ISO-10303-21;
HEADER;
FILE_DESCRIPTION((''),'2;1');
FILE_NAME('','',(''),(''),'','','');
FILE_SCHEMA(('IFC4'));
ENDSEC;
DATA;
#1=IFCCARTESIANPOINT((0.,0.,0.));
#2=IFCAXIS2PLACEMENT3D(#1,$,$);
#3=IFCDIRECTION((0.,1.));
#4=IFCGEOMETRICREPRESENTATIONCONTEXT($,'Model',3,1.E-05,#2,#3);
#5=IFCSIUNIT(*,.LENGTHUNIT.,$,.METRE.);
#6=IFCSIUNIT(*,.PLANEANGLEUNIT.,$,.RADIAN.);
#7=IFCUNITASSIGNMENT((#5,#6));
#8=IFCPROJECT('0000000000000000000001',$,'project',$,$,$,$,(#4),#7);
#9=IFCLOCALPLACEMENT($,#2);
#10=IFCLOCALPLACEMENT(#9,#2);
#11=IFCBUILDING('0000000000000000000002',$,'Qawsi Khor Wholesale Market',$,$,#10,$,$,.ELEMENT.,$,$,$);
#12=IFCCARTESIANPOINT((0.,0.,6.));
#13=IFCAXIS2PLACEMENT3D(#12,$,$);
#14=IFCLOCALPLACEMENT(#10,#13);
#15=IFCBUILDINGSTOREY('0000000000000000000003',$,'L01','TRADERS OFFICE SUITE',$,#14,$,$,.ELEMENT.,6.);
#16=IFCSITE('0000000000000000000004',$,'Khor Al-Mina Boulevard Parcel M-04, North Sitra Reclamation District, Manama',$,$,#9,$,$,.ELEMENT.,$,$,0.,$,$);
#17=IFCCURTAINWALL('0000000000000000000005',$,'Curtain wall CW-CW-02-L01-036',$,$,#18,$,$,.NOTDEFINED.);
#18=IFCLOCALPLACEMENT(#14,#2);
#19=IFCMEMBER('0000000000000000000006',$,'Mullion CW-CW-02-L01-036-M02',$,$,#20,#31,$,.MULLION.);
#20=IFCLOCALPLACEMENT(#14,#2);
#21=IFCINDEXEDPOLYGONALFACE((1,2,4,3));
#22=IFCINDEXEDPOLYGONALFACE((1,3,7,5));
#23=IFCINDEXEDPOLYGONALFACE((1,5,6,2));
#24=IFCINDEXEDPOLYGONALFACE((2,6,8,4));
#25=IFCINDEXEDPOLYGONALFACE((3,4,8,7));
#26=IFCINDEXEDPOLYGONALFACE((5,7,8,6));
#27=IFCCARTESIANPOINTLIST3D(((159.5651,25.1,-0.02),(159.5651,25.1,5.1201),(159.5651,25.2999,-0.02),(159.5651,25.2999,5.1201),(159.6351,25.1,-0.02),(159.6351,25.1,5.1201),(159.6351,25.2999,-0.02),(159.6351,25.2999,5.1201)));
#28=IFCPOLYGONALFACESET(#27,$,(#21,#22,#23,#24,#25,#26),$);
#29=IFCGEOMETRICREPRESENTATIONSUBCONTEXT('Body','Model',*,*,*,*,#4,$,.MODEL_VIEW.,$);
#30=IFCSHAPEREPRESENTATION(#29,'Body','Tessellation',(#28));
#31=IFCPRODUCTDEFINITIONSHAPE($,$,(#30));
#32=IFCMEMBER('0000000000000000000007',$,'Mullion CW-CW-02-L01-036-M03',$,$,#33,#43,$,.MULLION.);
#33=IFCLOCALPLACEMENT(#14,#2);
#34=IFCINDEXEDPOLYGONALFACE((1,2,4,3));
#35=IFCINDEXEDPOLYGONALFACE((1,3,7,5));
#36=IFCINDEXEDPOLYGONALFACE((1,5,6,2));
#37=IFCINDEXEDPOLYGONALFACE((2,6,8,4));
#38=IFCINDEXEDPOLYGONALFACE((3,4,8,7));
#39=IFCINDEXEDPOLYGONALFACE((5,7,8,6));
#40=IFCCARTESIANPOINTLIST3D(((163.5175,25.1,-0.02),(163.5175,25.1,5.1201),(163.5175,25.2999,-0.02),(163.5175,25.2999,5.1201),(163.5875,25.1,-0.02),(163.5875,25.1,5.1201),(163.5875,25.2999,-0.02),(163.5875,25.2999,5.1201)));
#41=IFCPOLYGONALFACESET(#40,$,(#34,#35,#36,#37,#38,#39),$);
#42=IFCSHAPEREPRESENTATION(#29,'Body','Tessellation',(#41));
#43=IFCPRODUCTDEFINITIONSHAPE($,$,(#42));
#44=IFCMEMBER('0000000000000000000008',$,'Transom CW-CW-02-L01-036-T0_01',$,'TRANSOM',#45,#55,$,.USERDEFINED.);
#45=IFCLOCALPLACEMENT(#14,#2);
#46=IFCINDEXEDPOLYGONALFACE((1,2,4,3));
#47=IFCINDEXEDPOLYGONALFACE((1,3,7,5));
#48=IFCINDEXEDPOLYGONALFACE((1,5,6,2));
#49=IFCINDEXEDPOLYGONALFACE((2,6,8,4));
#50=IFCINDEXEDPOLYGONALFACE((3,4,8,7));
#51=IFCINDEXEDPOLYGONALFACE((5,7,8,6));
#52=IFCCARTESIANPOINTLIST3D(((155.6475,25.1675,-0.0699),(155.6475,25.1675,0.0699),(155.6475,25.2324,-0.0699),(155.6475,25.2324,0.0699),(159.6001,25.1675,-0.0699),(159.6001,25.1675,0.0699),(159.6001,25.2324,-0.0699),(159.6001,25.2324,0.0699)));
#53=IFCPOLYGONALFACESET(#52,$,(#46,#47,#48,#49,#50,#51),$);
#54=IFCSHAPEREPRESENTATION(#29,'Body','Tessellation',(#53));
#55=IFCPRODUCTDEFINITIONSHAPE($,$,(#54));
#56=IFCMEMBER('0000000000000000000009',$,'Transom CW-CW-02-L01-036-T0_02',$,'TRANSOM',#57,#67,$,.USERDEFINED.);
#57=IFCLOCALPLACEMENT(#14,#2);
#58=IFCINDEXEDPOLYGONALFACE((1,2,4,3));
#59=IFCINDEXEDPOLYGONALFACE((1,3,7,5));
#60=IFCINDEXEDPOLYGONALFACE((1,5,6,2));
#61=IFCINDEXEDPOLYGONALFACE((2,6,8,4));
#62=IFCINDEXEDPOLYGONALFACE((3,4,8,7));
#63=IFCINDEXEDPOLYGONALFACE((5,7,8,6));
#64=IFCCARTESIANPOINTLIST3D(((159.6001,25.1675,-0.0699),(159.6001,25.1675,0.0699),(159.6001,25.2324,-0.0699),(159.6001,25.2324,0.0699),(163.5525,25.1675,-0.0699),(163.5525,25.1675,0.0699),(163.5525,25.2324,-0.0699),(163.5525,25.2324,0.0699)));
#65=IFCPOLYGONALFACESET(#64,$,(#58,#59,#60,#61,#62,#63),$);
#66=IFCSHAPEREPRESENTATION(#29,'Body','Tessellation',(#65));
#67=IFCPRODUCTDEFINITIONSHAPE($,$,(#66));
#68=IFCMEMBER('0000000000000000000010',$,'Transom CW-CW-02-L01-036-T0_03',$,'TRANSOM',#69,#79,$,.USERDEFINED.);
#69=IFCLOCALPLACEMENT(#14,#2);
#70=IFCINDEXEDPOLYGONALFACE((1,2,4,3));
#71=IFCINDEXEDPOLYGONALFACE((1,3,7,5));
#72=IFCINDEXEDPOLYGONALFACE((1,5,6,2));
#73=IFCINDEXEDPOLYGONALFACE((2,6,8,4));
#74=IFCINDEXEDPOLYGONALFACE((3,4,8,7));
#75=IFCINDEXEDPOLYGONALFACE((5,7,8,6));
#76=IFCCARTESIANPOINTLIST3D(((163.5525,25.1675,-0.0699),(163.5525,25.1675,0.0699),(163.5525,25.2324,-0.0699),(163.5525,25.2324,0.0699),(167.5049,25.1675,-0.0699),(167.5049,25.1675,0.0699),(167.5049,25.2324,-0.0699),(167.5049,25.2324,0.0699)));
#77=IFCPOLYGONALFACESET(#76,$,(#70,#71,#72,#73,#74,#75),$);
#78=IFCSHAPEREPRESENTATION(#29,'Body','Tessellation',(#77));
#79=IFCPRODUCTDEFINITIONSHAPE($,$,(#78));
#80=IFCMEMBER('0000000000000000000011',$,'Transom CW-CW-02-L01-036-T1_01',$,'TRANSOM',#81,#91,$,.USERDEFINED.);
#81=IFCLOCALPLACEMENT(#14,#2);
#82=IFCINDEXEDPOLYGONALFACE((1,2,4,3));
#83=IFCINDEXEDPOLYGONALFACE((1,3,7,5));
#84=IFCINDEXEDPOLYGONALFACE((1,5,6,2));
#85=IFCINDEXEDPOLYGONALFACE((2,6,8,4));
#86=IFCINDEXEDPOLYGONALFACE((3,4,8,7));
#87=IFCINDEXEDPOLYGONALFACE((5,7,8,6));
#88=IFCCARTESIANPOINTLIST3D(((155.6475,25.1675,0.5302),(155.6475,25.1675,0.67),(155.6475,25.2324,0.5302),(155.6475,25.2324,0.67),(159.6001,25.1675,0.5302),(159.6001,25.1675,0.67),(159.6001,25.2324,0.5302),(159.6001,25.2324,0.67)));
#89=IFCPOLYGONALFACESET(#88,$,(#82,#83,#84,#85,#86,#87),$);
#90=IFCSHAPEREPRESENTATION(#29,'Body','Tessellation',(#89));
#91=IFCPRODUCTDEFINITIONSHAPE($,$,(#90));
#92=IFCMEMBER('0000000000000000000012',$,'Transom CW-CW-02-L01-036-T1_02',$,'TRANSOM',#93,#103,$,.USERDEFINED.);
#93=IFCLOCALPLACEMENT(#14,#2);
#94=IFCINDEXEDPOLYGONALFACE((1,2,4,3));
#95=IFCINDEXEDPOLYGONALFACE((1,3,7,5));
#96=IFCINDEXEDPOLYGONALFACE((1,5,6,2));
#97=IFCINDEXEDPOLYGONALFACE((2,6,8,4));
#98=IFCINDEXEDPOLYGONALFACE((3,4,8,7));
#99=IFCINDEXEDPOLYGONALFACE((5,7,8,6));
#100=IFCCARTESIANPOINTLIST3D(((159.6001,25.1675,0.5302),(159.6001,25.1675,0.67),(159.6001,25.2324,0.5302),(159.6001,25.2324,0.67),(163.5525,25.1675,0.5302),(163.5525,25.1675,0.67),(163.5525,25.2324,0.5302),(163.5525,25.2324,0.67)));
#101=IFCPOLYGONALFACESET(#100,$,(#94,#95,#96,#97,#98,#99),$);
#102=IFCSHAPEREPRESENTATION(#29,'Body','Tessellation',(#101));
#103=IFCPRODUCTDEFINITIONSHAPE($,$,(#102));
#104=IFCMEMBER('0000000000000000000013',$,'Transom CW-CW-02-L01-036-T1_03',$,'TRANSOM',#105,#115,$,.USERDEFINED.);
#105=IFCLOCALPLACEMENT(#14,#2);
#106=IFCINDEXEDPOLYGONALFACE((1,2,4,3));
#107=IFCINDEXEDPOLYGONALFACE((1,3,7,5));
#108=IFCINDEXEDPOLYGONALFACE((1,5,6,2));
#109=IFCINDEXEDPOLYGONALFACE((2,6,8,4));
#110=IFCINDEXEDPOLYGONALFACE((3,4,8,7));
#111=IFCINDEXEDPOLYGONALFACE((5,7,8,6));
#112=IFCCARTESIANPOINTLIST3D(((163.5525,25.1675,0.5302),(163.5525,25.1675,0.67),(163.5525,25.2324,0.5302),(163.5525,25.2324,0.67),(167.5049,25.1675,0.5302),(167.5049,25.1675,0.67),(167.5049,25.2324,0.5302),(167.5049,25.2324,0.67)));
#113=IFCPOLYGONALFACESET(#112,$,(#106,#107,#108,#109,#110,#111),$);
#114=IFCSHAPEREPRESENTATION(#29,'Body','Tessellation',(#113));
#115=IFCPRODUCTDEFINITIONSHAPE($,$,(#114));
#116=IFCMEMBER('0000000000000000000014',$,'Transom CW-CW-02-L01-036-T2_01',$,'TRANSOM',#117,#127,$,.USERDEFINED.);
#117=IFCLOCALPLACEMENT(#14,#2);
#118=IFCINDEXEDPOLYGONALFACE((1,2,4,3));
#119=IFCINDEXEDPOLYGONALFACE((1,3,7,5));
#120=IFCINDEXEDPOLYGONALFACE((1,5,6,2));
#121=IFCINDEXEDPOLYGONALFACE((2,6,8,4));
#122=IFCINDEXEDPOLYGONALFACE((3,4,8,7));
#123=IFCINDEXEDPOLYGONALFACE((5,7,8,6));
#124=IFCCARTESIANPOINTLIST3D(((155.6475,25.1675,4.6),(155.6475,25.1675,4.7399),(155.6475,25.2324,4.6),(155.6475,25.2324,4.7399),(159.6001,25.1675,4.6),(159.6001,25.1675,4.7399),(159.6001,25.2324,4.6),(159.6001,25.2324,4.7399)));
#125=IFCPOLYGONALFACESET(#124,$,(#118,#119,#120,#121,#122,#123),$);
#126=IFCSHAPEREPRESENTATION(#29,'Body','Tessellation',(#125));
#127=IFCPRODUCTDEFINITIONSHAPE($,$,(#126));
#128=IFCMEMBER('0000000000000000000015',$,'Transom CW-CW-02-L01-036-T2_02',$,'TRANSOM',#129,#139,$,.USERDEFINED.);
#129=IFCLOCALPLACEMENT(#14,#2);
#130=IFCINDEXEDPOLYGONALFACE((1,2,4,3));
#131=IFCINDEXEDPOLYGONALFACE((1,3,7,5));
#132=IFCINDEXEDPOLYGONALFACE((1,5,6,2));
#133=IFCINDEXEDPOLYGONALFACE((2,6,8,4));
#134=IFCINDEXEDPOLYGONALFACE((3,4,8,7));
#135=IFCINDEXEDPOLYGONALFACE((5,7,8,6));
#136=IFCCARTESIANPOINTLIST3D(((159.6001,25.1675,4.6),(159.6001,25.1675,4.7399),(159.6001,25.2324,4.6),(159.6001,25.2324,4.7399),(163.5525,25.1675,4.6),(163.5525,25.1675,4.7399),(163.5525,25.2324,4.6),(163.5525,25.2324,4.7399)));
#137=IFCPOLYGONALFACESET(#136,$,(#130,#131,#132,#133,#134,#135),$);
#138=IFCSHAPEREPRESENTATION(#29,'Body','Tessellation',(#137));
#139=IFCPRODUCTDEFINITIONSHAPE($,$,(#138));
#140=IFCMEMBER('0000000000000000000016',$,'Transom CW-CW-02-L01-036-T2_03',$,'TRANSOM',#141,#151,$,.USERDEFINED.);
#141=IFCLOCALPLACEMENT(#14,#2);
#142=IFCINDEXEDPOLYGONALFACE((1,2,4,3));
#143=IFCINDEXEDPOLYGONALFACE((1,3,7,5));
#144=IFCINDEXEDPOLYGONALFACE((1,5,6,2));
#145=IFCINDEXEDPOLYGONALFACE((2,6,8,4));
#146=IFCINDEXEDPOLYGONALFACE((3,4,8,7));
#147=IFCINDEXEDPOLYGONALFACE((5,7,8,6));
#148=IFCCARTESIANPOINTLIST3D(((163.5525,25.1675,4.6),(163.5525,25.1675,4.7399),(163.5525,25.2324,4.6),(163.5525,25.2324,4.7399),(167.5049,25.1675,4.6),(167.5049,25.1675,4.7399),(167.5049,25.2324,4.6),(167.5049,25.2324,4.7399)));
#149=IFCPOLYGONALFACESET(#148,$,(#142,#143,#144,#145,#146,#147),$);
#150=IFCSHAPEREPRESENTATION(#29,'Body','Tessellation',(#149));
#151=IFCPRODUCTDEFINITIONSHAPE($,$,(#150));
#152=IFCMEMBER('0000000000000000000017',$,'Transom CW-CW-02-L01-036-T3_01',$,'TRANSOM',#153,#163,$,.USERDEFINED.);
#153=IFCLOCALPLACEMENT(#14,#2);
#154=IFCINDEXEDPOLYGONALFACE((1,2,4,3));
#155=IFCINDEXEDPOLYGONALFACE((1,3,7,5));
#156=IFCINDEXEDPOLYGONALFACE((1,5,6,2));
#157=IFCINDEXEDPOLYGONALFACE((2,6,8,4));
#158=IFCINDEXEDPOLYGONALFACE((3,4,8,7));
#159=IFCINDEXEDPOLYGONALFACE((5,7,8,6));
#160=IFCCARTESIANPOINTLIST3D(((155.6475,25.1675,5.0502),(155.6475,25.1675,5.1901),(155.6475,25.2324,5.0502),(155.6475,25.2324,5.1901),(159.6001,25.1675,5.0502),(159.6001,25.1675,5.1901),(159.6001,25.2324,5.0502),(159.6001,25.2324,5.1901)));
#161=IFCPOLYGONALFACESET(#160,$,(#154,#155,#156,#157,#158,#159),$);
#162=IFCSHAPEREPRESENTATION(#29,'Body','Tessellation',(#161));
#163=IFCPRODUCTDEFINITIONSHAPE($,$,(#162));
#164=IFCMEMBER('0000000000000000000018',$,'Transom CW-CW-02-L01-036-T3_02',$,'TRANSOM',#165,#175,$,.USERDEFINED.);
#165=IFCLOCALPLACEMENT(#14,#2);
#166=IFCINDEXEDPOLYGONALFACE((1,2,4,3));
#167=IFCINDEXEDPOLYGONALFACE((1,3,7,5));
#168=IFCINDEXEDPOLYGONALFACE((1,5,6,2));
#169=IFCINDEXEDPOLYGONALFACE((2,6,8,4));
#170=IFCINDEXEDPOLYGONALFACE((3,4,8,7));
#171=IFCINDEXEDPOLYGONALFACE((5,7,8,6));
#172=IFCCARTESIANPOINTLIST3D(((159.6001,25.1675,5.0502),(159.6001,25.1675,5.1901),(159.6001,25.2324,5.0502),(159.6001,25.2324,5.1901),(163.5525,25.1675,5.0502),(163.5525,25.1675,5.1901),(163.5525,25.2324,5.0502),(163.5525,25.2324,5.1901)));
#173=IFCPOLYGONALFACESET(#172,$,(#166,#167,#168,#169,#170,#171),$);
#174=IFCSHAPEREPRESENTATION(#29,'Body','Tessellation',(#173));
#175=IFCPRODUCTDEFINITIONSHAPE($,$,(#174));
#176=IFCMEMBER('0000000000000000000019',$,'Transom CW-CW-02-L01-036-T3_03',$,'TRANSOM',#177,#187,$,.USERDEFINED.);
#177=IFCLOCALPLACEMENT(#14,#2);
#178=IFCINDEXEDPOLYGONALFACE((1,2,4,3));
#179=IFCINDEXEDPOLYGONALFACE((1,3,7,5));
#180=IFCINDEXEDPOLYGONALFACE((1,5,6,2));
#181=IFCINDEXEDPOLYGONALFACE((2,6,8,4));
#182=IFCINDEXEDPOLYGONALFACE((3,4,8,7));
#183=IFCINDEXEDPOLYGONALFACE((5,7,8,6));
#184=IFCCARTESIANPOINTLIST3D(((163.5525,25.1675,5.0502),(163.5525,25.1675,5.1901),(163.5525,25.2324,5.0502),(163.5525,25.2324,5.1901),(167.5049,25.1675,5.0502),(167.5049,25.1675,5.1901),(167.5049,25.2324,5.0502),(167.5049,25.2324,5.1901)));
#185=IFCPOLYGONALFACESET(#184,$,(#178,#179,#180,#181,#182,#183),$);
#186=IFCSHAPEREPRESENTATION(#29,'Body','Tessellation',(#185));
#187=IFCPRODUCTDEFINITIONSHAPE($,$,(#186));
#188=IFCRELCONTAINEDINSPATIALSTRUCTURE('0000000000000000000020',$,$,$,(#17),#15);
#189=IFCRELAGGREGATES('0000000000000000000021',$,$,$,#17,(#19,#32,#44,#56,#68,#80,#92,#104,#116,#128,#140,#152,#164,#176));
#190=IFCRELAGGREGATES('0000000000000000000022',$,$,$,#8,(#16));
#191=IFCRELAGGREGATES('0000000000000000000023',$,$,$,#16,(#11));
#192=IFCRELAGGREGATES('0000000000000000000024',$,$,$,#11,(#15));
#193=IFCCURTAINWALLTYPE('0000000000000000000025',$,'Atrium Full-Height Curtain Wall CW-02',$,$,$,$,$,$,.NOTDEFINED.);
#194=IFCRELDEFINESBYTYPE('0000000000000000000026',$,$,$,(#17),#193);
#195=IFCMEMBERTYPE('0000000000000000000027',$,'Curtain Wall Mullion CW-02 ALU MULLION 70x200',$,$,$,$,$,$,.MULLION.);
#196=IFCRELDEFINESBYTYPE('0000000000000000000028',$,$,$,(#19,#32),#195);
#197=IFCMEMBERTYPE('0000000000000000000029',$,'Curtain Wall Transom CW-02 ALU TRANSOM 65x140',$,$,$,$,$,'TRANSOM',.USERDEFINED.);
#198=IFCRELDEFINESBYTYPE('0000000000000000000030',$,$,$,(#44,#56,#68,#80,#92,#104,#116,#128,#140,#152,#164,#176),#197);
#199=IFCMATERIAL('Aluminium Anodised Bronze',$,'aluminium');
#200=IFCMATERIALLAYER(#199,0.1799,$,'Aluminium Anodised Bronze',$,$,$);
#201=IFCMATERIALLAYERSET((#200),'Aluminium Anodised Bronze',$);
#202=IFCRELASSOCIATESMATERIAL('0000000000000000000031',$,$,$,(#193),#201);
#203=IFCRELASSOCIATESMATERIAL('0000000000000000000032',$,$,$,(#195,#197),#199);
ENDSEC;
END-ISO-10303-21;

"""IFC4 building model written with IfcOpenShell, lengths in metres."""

from ifc_helpers import new_model, si_unit, direction, frame, origin, origin_2d, place, context, subcontext, project, spatial, rectangle, extrude, material, layer, layer_set, material_profile, profile_set, type_object, element, aggregate, save


model = new_model("IFC4")

# Units and contexts
model_context = context("Model", 3, precision=1e-05, world=origin(), true_north=direction((0.0, 1.0)))
body_context = subcontext(model_context, "Body", "Model", "MODEL_VIEW")
ifc_project = project(units=[si_unit("LENGTHUNIT", "METRE"), si_unit("PLANEANGLEUNIT", "RADIAN")], contexts=[model_context])

# Site, building, storey
site_placement = place(None, origin())
site = spatial("IfcSite", under=ifc_project, at=site_placement, Name="Khor Al-Mina Boulevard Parcel M-04, North Sitra Reclamation District, Manama", CompositionType="ELEMENT", RefElevation=0.0)
building_placement = place(site_placement, origin())
building = spatial("IfcBuilding", under=site, at=building_placement, Name="Qawsi Khor Wholesale Market", CompositionType="ELEMENT")
storey_placement = place(building_placement, frame((0.0, 0.0, 6.0)))
storey = spatial("IfcBuildingStorey", under=building, at=storey_placement, Name="L01", Description="TRADERS OFFICE SUITE", CompositionType="ELEMENT", Elevation=6.0)

# Curtain wall, members
ifc_material_1 = material(Name="Aluminium Anodised Bronze", Category="aluminium")
ifc_layer_1 = layer(ifc_material_1, 0.1799, Name="Aluminium Anodised Bronze")
ifc_layer_set_1 = layer_set([ifc_layer_1], Name="Aluminium Anodised Bronze")
curtain_wall_type = type_object("IfcCurtainWallType", Name="Atrium Full-Height Curtain Wall CW-02", PredefinedType="NOTDEFINED", material=ifc_layer_set_1)
curtain_wall_placement = place(storey_placement, origin())
curtain_wall = element("IfcCurtainWall", 1, at=curtain_wall_placement, inside=storey, type_object=curtain_wall_type, Name="Curtain wall CW-CW-02-L01-036", PredefinedType="NOTDEFINED")
ifc_material_profile_1 = material_profile(ifc_material_1, rectangle(XDim=0.0701, YDim=0.2, at=origin_2d()), Name="ALU MULLION 70x200")
ifc_profile_set_1 = profile_set([ifc_material_profile_1], Name="Aluminium Anodised Bronze")
member_type_1 = type_object("IfcMemberType", Name="Curtain Wall Mullion CW-02 ALU MULLION 70x200", PredefinedType="MULLION", material=ifc_profile_set_1)
member_1_placement = place(storey_placement, frame((159.6001, 25.2, -0.02), z_axis=(0.0, 0.0, 1.0), x_axis=(1.0, 0.0, 0.0)))
member_1 = element("IfcMember", 2, at=member_1_placement, type_object=member_type_1, Name="Mullion CW-CW-02-L01-036-M02", PredefinedType="MULLION", context=body_context, shape_type="SweptSolid", body=[
    extrude(rectangle(XDim=0.0701, YDim=0.2, at=origin_2d()), origin(), (0.0, 0.0, 1.0), 5.1401),
])
member_2_placement = place(storey_placement, frame((163.5525, 25.2, -0.02), z_axis=(0.0, 0.0, 1.0), x_axis=(1.0, 0.0, 0.0)))
member_2 = element("IfcMember", 3, at=member_2_placement, type_object=member_type_1, Name="Mullion CW-CW-02-L01-036-M03", PredefinedType="MULLION", context=body_context, shape_type="SweptSolid", body=[
    extrude(rectangle(XDim=0.0701, YDim=0.2, at=origin_2d()), origin(), (0.0, 0.0, 1.0), 5.1401),
])
ifc_material_profile_2 = material_profile(ifc_material_1, rectangle(XDim=0.0649, YDim=0.1399, at=origin_2d()), Name="ALU TRANSOM 65x140")
ifc_profile_set_2 = profile_set([ifc_material_profile_2], Name="Aluminium Anodised Bronze")
member_type_2 = type_object("IfcMemberType", Name="Curtain Wall Transom CW-02 ALU TRANSOM 65x140", ElementType="TRANSOM", PredefinedType="USERDEFINED", material=ifc_profile_set_2)
member_3_placement = place(storey_placement, frame((155.6475, 25.2, 0.0), z_axis=(1.0, 0.0, 0.0), x_axis=(0.0, 1.0, 0.0)))
member_3 = element("IfcMember", 4, at=member_3_placement, type_object=member_type_2, Name="Transom CW-CW-02-L01-036-T0_01", ObjectType="TRANSOM", PredefinedType="USERDEFINED", context=body_context, shape_type="SweptSolid", body=[
    extrude(rectangle(XDim=0.0649, YDim=0.1399, at=origin_2d()), origin(), (0.0, 0.0, 1.0), 3.9526),
])
member_4_placement = place(storey_placement, frame((159.6001, 25.2, 0.0), z_axis=(1.0, 0.0, 0.0), x_axis=(0.0, 1.0, 0.0)))
member_4 = element("IfcMember", 5, at=member_4_placement, type_object=member_type_2, Name="Transom CW-CW-02-L01-036-T0_02", ObjectType="TRANSOM", PredefinedType="USERDEFINED", context=body_context, shape_type="SweptSolid", body=[
    extrude(rectangle(XDim=0.0649, YDim=0.1399, at=origin_2d()), origin(), (0.0, 0.0, 1.0), 3.9524),
])
member_5_placement = place(storey_placement, frame((163.5525, 25.2, 0.0), z_axis=(1.0, 0.0, 0.0), x_axis=(0.0, 1.0, 0.0)))
member_5 = element("IfcMember", 6, at=member_5_placement, type_object=member_type_2, Name="Transom CW-CW-02-L01-036-T0_03", ObjectType="TRANSOM", PredefinedType="USERDEFINED", context=body_context, shape_type="SweptSolid", body=[
    extrude(rectangle(XDim=0.0649, YDim=0.1399, at=origin_2d()), origin(), (0.0, 0.0, 1.0), 3.9524),
])
member_6_placement = place(storey_placement, frame((155.6475, 25.2, 0.6001), z_axis=(1.0, 0.0, 0.0), x_axis=(0.0, 1.0, 0.0)))
member_6 = element("IfcMember", 7, at=member_6_placement, type_object=member_type_2, Name="Transom CW-CW-02-L01-036-T1_01", ObjectType="TRANSOM", PredefinedType="USERDEFINED", context=body_context, shape_type="SweptSolid", body=[
    extrude(rectangle(XDim=0.0649, YDim=0.1399, at=origin_2d()), origin(), (0.0, 0.0, 1.0), 3.9526),
])
member_7_placement = place(storey_placement, frame((159.6001, 25.2, 0.6001), z_axis=(1.0, 0.0, 0.0), x_axis=(0.0, 1.0, 0.0)))
member_7 = element("IfcMember", 8, at=member_7_placement, type_object=member_type_2, Name="Transom CW-CW-02-L01-036-T1_02", ObjectType="TRANSOM", PredefinedType="USERDEFINED", context=body_context, shape_type="SweptSolid", body=[
    extrude(rectangle(XDim=0.0649, YDim=0.1399, at=origin_2d()), origin(), (0.0, 0.0, 1.0), 3.9524),
])
member_8_placement = place(storey_placement, frame((163.5525, 25.2, 0.6001), z_axis=(1.0, 0.0, 0.0), x_axis=(0.0, 1.0, 0.0)))
member_8 = element("IfcMember", 9, at=member_8_placement, type_object=member_type_2, Name="Transom CW-CW-02-L01-036-T1_03", ObjectType="TRANSOM", PredefinedType="USERDEFINED", context=body_context, shape_type="SweptSolid", body=[
    extrude(rectangle(XDim=0.0649, YDim=0.1399, at=origin_2d()), origin(), (0.0, 0.0, 1.0), 3.9524),
])
member_9_placement = place(storey_placement, frame((155.6475, 25.2, 4.6699), z_axis=(1.0, 0.0, 0.0), x_axis=(0.0, 1.0, 0.0)))
member_9 = element("IfcMember", 10, at=member_9_placement, type_object=member_type_2, Name="Transom CW-CW-02-L01-036-T2_01", ObjectType="TRANSOM", PredefinedType="USERDEFINED", context=body_context, shape_type="SweptSolid", body=[
    extrude(rectangle(XDim=0.0649, YDim=0.1399, at=origin_2d()), origin(), (0.0, 0.0, 1.0), 3.9526),
])
member_10_placement = place(storey_placement, frame((159.6001, 25.2, 4.6699), z_axis=(1.0, 0.0, 0.0), x_axis=(0.0, 1.0, 0.0)))
member_10 = element("IfcMember", 11, at=member_10_placement, type_object=member_type_2, Name="Transom CW-CW-02-L01-036-T2_02", ObjectType="TRANSOM", PredefinedType="USERDEFINED", context=body_context, shape_type="SweptSolid", body=[
    extrude(rectangle(XDim=0.0649, YDim=0.1399, at=origin_2d()), origin(), (0.0, 0.0, 1.0), 3.9524),
])
member_11_placement = place(storey_placement, frame((163.5525, 25.2, 4.6699), z_axis=(1.0, 0.0, 0.0), x_axis=(0.0, 1.0, 0.0)))
member_11 = element("IfcMember", 12, at=member_11_placement, type_object=member_type_2, Name="Transom CW-CW-02-L01-036-T2_03", ObjectType="TRANSOM", PredefinedType="USERDEFINED", context=body_context, shape_type="SweptSolid", body=[
    extrude(rectangle(XDim=0.0649, YDim=0.1399, at=origin_2d()), origin(), (0.0, 0.0, 1.0), 3.9524),
])
member_12_placement = place(storey_placement, frame((155.6475, 25.2, 5.1201), z_axis=(1.0, 0.0, 0.0), x_axis=(0.0, 1.0, 0.0)))
member_12 = element("IfcMember", 13, at=member_12_placement, type_object=member_type_2, Name="Transom CW-CW-02-L01-036-T3_01", ObjectType="TRANSOM", PredefinedType="USERDEFINED", context=body_context, shape_type="SweptSolid", body=[
    extrude(rectangle(XDim=0.0649, YDim=0.1399, at=origin_2d()), origin(), (0.0, 0.0, 1.0), 3.9526),
])
member_13_placement = place(storey_placement, frame((159.6001, 25.2, 5.1201), z_axis=(1.0, 0.0, 0.0), x_axis=(0.0, 1.0, 0.0)))
member_13 = element("IfcMember", 14, at=member_13_placement, type_object=member_type_2, Name="Transom CW-CW-02-L01-036-T3_02", ObjectType="TRANSOM", PredefinedType="USERDEFINED", context=body_context, shape_type="SweptSolid", body=[
    extrude(rectangle(XDim=0.0649, YDim=0.1399, at=origin_2d()), origin(), (0.0, 0.0, 1.0), 3.9524),
])
member_14_placement = place(storey_placement, frame((163.5525, 25.2, 5.1201), z_axis=(1.0, 0.0, 0.0), x_axis=(0.0, 1.0, 0.0)))
member_14 = element("IfcMember", 15, at=member_14_placement, type_object=member_type_2, Name="Transom CW-CW-02-L01-036-T3_03", ObjectType="TRANSOM", PredefinedType="USERDEFINED", context=body_context, shape_type="SweptSolid", body=[
    extrude(rectangle(XDim=0.0649, YDim=0.1399, at=origin_2d()), origin(), (0.0, 0.0, 1.0), 3.9524),
])
aggregate(curtain_wall, [member_1, member_2, member_3, member_4, member_5, member_6, member_7, member_8, member_9, member_10, member_11, member_12, member_13, member_14])

save(model, "model.ifc")
